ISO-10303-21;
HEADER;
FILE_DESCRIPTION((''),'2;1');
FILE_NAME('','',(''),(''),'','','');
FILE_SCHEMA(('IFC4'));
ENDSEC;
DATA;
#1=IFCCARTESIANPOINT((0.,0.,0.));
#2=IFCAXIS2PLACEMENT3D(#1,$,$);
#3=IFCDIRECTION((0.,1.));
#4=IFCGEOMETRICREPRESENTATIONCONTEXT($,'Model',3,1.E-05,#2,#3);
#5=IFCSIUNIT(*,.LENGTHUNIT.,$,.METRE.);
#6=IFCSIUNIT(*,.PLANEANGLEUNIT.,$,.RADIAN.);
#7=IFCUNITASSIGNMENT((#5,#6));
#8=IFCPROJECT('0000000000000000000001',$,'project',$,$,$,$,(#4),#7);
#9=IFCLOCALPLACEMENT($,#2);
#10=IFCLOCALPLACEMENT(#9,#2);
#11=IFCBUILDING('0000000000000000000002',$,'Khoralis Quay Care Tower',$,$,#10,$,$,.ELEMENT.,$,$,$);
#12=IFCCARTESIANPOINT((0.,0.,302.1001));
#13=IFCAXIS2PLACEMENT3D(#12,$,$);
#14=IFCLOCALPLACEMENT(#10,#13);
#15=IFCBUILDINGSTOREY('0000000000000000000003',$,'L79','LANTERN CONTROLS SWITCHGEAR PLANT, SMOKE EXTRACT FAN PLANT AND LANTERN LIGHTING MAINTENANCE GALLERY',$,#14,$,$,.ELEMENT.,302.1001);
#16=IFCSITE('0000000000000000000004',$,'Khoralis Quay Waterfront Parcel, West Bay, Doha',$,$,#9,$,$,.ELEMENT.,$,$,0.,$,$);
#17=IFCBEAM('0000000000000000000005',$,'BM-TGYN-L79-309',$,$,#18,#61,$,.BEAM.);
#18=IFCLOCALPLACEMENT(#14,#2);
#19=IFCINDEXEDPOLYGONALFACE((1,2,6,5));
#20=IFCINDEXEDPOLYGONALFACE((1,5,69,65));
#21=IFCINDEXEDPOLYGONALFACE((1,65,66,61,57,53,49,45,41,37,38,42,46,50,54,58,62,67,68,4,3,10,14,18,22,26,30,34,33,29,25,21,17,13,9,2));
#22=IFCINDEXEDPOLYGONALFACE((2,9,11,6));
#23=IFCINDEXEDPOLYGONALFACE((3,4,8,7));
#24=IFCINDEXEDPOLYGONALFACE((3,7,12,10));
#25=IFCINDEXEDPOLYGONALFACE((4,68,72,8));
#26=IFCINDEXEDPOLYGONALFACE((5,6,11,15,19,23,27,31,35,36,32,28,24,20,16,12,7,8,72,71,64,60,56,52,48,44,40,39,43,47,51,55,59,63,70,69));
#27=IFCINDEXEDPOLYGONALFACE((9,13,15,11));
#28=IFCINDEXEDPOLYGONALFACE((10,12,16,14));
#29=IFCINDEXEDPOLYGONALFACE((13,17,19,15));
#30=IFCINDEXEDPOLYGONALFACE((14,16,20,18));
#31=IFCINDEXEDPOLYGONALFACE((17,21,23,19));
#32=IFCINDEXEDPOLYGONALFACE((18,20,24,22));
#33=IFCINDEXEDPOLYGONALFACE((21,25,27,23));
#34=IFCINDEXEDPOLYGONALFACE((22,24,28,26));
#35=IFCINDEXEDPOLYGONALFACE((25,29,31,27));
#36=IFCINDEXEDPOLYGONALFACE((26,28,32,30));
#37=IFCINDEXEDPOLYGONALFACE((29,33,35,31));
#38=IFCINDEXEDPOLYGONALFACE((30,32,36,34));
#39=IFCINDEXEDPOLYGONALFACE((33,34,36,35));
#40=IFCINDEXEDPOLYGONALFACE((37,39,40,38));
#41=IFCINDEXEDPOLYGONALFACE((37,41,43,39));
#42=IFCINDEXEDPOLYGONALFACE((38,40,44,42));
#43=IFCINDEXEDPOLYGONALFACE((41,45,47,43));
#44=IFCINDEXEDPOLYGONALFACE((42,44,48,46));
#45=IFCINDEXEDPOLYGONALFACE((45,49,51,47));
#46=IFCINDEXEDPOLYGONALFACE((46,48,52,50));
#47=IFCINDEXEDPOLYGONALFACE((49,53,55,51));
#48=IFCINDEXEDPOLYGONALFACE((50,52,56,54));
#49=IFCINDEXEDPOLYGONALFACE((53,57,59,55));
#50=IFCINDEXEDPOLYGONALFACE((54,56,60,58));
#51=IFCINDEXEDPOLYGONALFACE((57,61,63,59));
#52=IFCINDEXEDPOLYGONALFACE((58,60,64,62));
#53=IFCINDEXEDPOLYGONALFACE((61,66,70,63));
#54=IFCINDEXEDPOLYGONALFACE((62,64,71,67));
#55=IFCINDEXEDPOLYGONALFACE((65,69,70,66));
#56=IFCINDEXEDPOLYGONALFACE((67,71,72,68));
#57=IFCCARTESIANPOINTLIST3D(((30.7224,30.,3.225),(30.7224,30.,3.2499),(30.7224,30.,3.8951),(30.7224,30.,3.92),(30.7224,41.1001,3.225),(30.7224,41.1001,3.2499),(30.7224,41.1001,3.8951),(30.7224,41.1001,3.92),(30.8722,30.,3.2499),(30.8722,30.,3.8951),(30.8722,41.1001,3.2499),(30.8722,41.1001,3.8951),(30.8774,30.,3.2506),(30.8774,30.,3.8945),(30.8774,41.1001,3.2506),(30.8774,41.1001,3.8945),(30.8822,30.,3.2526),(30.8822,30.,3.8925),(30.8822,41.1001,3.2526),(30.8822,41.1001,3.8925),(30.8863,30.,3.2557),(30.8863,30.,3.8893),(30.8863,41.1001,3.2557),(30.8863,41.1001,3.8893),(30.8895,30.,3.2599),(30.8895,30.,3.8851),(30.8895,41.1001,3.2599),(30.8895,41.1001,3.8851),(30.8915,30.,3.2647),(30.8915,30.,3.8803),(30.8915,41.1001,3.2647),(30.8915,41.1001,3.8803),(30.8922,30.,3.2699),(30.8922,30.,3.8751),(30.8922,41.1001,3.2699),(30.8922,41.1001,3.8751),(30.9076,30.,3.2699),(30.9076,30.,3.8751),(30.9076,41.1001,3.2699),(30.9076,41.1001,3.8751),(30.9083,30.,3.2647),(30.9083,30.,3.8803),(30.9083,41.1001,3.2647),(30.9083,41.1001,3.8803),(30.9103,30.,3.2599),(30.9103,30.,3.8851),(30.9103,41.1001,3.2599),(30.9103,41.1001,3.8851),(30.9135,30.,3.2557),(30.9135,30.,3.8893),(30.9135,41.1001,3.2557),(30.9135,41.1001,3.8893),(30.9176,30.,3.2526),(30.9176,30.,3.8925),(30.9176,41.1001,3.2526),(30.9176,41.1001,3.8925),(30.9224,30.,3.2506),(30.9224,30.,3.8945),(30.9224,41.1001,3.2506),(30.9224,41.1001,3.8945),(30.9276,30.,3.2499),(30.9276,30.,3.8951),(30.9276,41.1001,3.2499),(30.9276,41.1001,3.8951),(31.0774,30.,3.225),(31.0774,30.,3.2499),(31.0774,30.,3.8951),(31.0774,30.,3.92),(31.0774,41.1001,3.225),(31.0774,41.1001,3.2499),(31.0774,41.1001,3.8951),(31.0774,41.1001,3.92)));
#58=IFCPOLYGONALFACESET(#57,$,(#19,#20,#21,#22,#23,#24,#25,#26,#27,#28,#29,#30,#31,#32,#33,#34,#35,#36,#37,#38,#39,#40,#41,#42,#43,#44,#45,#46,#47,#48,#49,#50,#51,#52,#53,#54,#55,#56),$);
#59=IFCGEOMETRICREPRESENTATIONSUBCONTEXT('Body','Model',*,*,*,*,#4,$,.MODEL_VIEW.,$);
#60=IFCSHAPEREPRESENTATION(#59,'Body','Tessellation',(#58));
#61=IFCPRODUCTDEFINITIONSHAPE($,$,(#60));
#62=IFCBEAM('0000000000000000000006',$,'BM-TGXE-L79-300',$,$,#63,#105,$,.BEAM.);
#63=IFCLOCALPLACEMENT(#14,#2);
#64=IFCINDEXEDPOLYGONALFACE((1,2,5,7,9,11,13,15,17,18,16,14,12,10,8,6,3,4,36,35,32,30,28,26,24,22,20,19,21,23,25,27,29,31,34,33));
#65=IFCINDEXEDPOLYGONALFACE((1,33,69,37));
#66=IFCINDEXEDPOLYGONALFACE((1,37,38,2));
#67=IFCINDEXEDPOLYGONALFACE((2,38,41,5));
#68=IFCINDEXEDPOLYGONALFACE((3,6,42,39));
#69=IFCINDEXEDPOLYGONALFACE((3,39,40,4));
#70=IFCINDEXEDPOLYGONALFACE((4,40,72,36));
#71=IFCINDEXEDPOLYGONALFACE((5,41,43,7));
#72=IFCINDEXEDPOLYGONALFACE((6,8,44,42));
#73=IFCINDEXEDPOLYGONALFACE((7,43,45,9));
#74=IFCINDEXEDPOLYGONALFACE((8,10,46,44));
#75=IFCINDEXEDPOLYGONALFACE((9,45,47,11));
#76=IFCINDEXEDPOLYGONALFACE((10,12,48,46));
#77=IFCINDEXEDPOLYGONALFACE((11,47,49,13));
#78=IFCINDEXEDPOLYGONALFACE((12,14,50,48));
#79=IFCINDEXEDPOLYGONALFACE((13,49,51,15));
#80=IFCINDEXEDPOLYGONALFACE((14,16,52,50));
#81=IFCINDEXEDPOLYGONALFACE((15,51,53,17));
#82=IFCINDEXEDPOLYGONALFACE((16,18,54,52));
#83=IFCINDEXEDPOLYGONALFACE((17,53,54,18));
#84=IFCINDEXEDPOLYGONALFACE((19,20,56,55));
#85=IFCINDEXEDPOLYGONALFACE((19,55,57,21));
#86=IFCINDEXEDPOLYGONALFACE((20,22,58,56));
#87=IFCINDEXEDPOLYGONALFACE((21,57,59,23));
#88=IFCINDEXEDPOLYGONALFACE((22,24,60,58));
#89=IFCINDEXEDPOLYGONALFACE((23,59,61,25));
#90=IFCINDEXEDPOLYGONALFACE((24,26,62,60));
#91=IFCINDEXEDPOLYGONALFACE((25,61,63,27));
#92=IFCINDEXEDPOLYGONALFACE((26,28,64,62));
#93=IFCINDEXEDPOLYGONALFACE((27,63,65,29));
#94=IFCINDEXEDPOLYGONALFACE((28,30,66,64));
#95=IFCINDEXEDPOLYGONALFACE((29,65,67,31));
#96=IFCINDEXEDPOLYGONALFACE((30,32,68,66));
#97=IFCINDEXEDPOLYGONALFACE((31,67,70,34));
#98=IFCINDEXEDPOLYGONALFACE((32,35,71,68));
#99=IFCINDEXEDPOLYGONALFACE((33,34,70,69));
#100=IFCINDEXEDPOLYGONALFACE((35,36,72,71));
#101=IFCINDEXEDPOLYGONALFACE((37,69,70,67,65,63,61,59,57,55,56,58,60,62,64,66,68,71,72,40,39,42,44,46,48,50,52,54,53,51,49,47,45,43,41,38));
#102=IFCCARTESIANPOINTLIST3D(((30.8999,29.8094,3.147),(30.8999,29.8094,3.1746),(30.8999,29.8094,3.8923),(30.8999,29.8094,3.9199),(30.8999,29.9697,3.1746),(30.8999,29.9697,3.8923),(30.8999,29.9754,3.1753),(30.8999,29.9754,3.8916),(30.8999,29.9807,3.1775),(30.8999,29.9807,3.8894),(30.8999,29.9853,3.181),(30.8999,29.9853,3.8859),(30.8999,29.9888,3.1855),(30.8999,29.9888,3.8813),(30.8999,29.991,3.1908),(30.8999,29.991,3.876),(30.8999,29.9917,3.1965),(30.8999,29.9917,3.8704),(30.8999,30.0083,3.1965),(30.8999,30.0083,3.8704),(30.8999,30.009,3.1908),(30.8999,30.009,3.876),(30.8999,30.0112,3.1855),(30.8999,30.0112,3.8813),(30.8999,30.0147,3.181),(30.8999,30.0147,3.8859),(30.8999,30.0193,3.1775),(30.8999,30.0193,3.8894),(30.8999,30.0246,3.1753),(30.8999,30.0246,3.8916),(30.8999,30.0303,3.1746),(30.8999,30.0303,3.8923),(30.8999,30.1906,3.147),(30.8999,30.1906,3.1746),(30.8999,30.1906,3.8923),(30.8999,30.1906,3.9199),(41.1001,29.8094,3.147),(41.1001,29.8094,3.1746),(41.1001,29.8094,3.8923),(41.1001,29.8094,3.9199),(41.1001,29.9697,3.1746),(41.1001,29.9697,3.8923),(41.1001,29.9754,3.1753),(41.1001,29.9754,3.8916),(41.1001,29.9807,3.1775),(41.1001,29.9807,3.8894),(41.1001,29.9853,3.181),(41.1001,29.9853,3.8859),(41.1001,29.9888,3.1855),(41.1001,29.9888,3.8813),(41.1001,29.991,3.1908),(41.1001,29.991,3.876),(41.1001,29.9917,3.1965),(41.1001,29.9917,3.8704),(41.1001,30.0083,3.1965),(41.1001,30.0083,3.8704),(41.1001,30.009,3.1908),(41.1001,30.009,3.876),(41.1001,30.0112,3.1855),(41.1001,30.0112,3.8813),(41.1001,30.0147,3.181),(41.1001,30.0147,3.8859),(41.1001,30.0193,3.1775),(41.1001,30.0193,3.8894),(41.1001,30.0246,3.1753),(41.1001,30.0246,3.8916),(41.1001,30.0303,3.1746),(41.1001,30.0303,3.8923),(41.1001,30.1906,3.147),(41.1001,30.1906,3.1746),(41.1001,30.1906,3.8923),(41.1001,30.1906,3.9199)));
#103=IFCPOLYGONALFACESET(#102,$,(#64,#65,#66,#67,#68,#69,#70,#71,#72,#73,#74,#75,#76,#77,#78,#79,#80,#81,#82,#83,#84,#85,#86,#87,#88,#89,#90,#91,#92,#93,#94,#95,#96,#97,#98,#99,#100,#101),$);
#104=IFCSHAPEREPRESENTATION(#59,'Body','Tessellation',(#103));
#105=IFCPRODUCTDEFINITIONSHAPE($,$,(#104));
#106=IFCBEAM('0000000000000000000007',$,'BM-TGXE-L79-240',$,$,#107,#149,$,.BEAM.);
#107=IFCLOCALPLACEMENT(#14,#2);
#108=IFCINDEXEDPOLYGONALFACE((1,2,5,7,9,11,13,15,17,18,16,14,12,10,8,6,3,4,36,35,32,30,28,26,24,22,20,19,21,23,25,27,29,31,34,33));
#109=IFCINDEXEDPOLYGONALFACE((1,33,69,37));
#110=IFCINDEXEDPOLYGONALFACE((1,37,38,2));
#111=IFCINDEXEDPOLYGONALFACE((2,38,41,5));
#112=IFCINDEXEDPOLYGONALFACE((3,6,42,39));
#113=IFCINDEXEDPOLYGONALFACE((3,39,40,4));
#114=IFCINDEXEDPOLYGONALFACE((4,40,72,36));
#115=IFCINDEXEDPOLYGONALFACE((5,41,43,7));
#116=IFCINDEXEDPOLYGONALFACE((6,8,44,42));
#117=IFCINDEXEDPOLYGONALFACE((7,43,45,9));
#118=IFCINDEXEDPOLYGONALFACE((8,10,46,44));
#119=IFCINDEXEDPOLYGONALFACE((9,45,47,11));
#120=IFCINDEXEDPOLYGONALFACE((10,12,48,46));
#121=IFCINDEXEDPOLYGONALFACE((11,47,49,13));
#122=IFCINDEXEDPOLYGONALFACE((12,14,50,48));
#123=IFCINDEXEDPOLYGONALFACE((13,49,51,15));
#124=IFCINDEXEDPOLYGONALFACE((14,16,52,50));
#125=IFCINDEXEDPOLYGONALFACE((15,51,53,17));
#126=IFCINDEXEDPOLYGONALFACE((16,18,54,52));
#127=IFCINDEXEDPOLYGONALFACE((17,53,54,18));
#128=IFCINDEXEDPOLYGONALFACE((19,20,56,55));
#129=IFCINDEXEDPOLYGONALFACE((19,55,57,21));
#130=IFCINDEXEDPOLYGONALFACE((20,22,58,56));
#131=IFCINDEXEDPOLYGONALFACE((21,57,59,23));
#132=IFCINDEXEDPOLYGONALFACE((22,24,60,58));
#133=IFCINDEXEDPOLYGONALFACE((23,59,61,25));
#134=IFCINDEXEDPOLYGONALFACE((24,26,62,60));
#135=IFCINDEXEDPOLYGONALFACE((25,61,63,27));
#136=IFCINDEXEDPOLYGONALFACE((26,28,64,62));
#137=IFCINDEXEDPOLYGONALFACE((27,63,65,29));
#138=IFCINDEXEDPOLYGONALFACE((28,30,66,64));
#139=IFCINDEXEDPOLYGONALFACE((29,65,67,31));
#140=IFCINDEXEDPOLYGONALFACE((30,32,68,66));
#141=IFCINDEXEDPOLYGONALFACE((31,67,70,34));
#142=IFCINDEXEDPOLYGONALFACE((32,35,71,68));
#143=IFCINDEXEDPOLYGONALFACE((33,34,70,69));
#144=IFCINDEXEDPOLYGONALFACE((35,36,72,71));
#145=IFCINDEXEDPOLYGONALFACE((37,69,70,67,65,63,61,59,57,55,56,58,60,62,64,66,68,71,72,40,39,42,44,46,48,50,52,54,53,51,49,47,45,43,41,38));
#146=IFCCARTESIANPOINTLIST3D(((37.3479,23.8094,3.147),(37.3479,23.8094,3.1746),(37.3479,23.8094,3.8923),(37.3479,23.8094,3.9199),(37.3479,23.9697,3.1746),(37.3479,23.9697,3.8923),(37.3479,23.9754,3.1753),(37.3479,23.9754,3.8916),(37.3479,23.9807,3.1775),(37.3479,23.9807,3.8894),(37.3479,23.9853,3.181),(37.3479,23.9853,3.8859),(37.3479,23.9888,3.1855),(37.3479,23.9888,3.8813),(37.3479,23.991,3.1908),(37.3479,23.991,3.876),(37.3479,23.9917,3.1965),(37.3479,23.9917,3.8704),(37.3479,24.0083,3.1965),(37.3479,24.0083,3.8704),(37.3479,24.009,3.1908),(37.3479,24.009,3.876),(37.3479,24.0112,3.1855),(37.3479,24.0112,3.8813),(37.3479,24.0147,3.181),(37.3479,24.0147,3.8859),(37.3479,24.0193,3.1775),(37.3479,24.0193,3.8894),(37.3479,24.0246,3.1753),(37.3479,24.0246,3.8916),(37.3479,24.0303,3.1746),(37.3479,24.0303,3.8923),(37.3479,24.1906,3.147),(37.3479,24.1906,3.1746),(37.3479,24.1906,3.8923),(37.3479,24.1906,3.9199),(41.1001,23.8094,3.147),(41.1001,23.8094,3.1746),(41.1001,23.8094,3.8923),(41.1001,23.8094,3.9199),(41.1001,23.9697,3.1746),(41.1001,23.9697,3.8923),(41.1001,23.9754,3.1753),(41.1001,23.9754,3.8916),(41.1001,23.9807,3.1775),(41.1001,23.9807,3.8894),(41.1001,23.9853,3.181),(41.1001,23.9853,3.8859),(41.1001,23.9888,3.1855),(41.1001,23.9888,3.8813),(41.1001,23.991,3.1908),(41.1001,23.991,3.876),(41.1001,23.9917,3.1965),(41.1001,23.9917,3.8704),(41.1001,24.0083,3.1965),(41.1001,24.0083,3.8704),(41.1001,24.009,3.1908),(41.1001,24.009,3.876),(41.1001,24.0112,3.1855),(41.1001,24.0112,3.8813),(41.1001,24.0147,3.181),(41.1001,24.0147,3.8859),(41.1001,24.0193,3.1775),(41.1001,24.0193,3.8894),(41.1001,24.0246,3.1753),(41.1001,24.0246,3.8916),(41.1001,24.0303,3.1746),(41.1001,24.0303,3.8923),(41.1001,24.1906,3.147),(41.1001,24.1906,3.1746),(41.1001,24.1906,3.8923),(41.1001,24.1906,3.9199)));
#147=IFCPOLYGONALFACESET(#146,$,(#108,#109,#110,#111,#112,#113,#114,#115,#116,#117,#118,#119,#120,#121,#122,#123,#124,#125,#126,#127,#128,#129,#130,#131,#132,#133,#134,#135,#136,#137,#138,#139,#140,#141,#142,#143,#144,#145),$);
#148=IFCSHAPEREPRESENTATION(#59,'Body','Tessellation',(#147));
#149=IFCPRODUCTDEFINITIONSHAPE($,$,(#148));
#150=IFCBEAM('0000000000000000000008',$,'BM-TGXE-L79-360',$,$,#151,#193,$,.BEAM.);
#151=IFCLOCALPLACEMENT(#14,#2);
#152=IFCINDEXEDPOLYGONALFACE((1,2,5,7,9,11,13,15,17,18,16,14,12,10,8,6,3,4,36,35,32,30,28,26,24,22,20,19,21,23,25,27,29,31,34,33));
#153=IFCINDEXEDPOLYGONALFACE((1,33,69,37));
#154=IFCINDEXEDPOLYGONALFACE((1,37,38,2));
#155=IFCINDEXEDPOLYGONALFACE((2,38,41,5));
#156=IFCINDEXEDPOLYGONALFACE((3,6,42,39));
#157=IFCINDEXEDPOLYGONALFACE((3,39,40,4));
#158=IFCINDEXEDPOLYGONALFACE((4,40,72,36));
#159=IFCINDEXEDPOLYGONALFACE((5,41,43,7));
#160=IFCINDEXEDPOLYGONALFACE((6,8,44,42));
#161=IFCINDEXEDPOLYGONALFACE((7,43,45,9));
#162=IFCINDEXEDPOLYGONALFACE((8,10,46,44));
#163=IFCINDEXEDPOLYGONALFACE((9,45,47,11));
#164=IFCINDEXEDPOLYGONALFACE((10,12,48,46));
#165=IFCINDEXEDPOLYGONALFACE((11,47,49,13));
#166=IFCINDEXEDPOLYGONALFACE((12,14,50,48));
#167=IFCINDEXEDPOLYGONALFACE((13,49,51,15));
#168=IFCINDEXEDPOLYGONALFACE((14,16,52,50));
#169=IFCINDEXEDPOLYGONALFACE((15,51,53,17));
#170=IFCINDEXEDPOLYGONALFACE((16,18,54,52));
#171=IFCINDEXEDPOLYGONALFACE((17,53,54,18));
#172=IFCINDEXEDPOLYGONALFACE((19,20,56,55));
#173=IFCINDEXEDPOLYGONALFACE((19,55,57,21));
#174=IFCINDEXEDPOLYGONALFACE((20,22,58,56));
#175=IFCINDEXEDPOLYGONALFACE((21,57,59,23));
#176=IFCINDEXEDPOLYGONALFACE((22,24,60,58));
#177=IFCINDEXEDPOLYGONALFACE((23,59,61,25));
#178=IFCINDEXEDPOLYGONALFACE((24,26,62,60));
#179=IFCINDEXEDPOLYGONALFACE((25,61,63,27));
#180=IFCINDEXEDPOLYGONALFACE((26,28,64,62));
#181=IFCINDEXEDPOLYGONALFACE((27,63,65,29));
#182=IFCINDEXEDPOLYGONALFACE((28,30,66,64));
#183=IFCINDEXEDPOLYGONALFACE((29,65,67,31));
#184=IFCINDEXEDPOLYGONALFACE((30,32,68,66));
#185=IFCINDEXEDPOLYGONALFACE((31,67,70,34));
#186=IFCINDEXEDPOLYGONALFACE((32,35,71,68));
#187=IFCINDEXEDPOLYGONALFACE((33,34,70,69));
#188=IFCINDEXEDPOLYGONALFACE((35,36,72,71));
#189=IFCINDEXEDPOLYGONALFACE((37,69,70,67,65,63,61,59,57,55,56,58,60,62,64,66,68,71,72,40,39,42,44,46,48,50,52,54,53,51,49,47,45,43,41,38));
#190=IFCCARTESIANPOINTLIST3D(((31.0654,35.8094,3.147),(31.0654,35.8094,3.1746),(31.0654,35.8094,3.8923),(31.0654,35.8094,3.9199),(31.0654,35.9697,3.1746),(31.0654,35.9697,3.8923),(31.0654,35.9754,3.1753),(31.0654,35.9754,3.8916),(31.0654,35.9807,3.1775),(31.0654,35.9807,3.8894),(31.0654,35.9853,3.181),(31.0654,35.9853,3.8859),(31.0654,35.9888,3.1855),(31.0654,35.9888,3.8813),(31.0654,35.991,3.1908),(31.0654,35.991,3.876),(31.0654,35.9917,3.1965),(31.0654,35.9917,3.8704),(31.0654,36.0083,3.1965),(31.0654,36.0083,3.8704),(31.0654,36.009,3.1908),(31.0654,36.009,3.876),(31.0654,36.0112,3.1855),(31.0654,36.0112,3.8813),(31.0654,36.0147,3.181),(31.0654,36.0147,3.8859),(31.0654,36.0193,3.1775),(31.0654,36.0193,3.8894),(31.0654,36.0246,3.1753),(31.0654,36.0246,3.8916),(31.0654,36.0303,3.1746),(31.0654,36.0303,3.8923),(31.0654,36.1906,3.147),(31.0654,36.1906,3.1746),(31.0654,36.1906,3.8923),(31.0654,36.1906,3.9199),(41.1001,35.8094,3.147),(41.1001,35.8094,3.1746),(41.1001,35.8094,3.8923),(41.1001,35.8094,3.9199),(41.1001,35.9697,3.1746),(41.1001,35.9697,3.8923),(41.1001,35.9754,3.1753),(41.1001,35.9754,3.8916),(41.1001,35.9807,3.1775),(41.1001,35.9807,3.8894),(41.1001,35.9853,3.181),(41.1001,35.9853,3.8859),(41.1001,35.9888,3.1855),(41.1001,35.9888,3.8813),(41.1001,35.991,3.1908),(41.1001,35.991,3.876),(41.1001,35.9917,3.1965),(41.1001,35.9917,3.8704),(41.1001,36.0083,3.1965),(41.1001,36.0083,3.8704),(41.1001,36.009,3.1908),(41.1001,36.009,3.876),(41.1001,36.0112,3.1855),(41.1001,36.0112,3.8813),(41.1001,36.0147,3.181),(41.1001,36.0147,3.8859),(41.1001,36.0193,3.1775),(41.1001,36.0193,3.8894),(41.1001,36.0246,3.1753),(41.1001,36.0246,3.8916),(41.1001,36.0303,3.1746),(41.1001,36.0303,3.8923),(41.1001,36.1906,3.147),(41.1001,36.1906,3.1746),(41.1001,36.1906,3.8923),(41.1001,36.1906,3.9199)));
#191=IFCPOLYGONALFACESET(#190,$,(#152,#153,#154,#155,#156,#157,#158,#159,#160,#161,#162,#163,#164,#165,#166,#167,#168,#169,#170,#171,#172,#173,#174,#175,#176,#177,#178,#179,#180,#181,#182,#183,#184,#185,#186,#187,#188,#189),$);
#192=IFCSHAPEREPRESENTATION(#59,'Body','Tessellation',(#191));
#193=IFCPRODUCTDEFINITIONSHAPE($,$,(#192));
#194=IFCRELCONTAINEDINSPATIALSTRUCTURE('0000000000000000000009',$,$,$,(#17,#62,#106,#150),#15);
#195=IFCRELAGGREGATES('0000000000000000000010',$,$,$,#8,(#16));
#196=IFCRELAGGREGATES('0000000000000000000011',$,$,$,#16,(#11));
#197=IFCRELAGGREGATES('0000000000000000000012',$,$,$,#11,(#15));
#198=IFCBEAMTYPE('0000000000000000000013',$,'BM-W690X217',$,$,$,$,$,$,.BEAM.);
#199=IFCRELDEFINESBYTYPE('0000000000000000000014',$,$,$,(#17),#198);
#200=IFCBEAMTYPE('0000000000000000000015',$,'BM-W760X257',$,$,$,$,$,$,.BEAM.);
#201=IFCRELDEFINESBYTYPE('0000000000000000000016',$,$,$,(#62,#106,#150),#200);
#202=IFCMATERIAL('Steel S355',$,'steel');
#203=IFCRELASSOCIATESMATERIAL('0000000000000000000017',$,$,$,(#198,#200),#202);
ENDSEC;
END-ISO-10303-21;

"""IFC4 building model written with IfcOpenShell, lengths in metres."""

from ifc_helpers import new_model, si_unit, direction, frame, origin, origin_2d, place, context, subcontext, project, spatial, i_section, extrude, source, transform, mapped, material, material_profile, profile_set, type_object, element, save


model = new_model("IFC4")

# Units and contexts
model_context = context("Model", 3, precision=1e-05, world=origin(), true_north=direction((0.0, 1.0)))
body_context = subcontext(model_context, "Body", "Model", "MODEL_VIEW")
ifc_project = project(units=[si_unit("LENGTHUNIT", "METRE"), si_unit("PLANEANGLEUNIT", "RADIAN")], contexts=[model_context])

# Site, building, storey
site_placement = place(None, origin())
site = spatial("IfcSite", under=ifc_project, at=site_placement, Name="Khoralis Quay Waterfront Parcel, West Bay, Doha", CompositionType="ELEMENT", RefElevation=0.0)
building_placement = place(site_placement, origin())
building = spatial("IfcBuilding", under=site, at=building_placement, Name="Khoralis Quay Care Tower", CompositionType="ELEMENT")
storey_placement = place(building_placement, frame((0.0, 0.0, 302.1001)))
storey = spatial("IfcBuildingStorey", under=building, at=storey_placement, Name="L79", Description="LANTERN CONTROLS SWITCHGEAR PLANT, SMOKE EXTRACT FAN PLANT AND LANTERN LIGHTING MAINTENANCE GALLERY", CompositionType="ELEMENT", Elevation=302.1001)

# Beams
ifc_material_1 = material(Name="Steel S355", Category="steel")
ifc_material_profile_1 = material_profile(ifc_material_1, i_section(OverallWidth=0.355, OverallDepth=0.6951, WebThickness=0.0154, FlangeThickness=0.0249, FilletRadius=0.02, at=origin_2d()), Name="Steel S355")
ifc_profile_set_1 = profile_set([ifc_material_profile_1], Name="Steel S355")
beam_type_1 = type_object("IfcBeamType", Name="BM-W690X217", PredefinedType="BEAM", material=ifc_profile_set_1)
shared_shape_1 = source(origin(), body_context, "Body", "SweptSolid", [
    extrude(i_section(OverallWidth=0.355, OverallDepth=0.6951, WebThickness=0.0154, FlangeThickness=0.0249, FilletRadius=0.02, at=origin_2d()), origin(), (0.0, 0.0, 1.0), 11.1001),
])
for number, where, z_axis, x_axis, name in (
    (1, (30.8999, 30.0, 3.5725), (0.0, 1.0, 0.0), (-1.0, 0.0, 0.0), "BM-TGYN-L79-309"),
):
    element("IfcBeam", number, at=place(storey_placement, frame(where, z_axis=z_axis, x_axis=x_axis)), inside=storey, type_object=beam_type_1, Name=name, PredefinedType="BEAM", context=body_context, shape_type="MappedRepresentation", body=[
        mapped(shared_shape_1, transform((0.0, 0.0, 0.0), scale=1.0)),
    ])
ifc_material_profile_2 = material_profile(ifc_material_1, i_section(OverallWidth=0.3811, OverallDepth=0.7729, WebThickness=0.0166, FlangeThickness=0.0276, FilletRadius=0.022, at=origin_2d()), Name="Steel S355")
ifc_profile_set_2 = profile_set([ifc_material_profile_2], Name="Steel S355")
beam_type_2 = type_object("IfcBeamType", Name="BM-W760X257", PredefinedType="BEAM", material=ifc_profile_set_2)
shared_shape_2 = source(origin(), body_context, "Body", "SweptSolid", [
    extrude(i_section(OverallWidth=0.3811, OverallDepth=0.7729, WebThickness=0.0166, FlangeThickness=0.0276, FilletRadius=0.022, at=origin_2d()), origin(), (0.0, 0.0, 1.0), 10.2002),
])
beam_1_placement = place(storey_placement, frame((30.8999, 30.0, 3.5334), z_axis=(1.0, 0.0, 0.0), x_axis=(0.0, 1.0, 0.0)))
element("IfcBeam", 2, at=beam_1_placement, inside=storey, type_object=beam_type_2, Name="BM-TGXE-L79-300", PredefinedType="BEAM", context=body_context, shape_type="MappedRepresentation", body=[
    mapped(shared_shape_2, transform((0.0, 0.0, 0.0), scale=1.0)),
])
shared_shape_3 = source(origin(), body_context, "Body", "SweptSolid", [
    extrude(i_section(OverallWidth=0.3811, OverallDepth=0.7729, WebThickness=0.0166, FlangeThickness=0.0276, FilletRadius=0.022, at=origin_2d()), origin(), (0.0, 0.0, 1.0), 3.7522),
])
beam_2_placement = place(storey_placement, frame((37.3479, 24.0, 3.5334), z_axis=(1.0, 0.0, 0.0), x_axis=(0.0, 1.0, 0.0)))
element("IfcBeam", 3, at=beam_2_placement, inside=storey, type_object=beam_type_2, Name="BM-TGXE-L79-240", PredefinedType="BEAM", context=body_context, shape_type="MappedRepresentation", body=[
    mapped(shared_shape_3, transform((0.0, 0.0, 0.0), scale=1.0)),
])
shared_shape_4 = source(origin(), body_context, "Body", "SweptSolid", [
    extrude(i_section(OverallWidth=0.3811, OverallDepth=0.7729, WebThickness=0.0166, FlangeThickness=0.0276, FilletRadius=0.022, at=origin_2d()), origin(), (0.0, 0.0, 1.0), 10.0347),
])
beam_3_placement = place(storey_placement, frame((31.0654, 36.0, 3.5334), z_axis=(1.0, 0.0, 0.0), x_axis=(0.0, 1.0, 0.0)))
element("IfcBeam", 4, at=beam_3_placement, inside=storey, type_object=beam_type_2, Name="BM-TGXE-L79-360", PredefinedType="BEAM", context=body_context, shape_type="MappedRepresentation", body=[
    mapped(shared_shape_4, transform((0.0, 0.0, 0.0), scale=1.0)),
])

save(model, "model.ifc")
